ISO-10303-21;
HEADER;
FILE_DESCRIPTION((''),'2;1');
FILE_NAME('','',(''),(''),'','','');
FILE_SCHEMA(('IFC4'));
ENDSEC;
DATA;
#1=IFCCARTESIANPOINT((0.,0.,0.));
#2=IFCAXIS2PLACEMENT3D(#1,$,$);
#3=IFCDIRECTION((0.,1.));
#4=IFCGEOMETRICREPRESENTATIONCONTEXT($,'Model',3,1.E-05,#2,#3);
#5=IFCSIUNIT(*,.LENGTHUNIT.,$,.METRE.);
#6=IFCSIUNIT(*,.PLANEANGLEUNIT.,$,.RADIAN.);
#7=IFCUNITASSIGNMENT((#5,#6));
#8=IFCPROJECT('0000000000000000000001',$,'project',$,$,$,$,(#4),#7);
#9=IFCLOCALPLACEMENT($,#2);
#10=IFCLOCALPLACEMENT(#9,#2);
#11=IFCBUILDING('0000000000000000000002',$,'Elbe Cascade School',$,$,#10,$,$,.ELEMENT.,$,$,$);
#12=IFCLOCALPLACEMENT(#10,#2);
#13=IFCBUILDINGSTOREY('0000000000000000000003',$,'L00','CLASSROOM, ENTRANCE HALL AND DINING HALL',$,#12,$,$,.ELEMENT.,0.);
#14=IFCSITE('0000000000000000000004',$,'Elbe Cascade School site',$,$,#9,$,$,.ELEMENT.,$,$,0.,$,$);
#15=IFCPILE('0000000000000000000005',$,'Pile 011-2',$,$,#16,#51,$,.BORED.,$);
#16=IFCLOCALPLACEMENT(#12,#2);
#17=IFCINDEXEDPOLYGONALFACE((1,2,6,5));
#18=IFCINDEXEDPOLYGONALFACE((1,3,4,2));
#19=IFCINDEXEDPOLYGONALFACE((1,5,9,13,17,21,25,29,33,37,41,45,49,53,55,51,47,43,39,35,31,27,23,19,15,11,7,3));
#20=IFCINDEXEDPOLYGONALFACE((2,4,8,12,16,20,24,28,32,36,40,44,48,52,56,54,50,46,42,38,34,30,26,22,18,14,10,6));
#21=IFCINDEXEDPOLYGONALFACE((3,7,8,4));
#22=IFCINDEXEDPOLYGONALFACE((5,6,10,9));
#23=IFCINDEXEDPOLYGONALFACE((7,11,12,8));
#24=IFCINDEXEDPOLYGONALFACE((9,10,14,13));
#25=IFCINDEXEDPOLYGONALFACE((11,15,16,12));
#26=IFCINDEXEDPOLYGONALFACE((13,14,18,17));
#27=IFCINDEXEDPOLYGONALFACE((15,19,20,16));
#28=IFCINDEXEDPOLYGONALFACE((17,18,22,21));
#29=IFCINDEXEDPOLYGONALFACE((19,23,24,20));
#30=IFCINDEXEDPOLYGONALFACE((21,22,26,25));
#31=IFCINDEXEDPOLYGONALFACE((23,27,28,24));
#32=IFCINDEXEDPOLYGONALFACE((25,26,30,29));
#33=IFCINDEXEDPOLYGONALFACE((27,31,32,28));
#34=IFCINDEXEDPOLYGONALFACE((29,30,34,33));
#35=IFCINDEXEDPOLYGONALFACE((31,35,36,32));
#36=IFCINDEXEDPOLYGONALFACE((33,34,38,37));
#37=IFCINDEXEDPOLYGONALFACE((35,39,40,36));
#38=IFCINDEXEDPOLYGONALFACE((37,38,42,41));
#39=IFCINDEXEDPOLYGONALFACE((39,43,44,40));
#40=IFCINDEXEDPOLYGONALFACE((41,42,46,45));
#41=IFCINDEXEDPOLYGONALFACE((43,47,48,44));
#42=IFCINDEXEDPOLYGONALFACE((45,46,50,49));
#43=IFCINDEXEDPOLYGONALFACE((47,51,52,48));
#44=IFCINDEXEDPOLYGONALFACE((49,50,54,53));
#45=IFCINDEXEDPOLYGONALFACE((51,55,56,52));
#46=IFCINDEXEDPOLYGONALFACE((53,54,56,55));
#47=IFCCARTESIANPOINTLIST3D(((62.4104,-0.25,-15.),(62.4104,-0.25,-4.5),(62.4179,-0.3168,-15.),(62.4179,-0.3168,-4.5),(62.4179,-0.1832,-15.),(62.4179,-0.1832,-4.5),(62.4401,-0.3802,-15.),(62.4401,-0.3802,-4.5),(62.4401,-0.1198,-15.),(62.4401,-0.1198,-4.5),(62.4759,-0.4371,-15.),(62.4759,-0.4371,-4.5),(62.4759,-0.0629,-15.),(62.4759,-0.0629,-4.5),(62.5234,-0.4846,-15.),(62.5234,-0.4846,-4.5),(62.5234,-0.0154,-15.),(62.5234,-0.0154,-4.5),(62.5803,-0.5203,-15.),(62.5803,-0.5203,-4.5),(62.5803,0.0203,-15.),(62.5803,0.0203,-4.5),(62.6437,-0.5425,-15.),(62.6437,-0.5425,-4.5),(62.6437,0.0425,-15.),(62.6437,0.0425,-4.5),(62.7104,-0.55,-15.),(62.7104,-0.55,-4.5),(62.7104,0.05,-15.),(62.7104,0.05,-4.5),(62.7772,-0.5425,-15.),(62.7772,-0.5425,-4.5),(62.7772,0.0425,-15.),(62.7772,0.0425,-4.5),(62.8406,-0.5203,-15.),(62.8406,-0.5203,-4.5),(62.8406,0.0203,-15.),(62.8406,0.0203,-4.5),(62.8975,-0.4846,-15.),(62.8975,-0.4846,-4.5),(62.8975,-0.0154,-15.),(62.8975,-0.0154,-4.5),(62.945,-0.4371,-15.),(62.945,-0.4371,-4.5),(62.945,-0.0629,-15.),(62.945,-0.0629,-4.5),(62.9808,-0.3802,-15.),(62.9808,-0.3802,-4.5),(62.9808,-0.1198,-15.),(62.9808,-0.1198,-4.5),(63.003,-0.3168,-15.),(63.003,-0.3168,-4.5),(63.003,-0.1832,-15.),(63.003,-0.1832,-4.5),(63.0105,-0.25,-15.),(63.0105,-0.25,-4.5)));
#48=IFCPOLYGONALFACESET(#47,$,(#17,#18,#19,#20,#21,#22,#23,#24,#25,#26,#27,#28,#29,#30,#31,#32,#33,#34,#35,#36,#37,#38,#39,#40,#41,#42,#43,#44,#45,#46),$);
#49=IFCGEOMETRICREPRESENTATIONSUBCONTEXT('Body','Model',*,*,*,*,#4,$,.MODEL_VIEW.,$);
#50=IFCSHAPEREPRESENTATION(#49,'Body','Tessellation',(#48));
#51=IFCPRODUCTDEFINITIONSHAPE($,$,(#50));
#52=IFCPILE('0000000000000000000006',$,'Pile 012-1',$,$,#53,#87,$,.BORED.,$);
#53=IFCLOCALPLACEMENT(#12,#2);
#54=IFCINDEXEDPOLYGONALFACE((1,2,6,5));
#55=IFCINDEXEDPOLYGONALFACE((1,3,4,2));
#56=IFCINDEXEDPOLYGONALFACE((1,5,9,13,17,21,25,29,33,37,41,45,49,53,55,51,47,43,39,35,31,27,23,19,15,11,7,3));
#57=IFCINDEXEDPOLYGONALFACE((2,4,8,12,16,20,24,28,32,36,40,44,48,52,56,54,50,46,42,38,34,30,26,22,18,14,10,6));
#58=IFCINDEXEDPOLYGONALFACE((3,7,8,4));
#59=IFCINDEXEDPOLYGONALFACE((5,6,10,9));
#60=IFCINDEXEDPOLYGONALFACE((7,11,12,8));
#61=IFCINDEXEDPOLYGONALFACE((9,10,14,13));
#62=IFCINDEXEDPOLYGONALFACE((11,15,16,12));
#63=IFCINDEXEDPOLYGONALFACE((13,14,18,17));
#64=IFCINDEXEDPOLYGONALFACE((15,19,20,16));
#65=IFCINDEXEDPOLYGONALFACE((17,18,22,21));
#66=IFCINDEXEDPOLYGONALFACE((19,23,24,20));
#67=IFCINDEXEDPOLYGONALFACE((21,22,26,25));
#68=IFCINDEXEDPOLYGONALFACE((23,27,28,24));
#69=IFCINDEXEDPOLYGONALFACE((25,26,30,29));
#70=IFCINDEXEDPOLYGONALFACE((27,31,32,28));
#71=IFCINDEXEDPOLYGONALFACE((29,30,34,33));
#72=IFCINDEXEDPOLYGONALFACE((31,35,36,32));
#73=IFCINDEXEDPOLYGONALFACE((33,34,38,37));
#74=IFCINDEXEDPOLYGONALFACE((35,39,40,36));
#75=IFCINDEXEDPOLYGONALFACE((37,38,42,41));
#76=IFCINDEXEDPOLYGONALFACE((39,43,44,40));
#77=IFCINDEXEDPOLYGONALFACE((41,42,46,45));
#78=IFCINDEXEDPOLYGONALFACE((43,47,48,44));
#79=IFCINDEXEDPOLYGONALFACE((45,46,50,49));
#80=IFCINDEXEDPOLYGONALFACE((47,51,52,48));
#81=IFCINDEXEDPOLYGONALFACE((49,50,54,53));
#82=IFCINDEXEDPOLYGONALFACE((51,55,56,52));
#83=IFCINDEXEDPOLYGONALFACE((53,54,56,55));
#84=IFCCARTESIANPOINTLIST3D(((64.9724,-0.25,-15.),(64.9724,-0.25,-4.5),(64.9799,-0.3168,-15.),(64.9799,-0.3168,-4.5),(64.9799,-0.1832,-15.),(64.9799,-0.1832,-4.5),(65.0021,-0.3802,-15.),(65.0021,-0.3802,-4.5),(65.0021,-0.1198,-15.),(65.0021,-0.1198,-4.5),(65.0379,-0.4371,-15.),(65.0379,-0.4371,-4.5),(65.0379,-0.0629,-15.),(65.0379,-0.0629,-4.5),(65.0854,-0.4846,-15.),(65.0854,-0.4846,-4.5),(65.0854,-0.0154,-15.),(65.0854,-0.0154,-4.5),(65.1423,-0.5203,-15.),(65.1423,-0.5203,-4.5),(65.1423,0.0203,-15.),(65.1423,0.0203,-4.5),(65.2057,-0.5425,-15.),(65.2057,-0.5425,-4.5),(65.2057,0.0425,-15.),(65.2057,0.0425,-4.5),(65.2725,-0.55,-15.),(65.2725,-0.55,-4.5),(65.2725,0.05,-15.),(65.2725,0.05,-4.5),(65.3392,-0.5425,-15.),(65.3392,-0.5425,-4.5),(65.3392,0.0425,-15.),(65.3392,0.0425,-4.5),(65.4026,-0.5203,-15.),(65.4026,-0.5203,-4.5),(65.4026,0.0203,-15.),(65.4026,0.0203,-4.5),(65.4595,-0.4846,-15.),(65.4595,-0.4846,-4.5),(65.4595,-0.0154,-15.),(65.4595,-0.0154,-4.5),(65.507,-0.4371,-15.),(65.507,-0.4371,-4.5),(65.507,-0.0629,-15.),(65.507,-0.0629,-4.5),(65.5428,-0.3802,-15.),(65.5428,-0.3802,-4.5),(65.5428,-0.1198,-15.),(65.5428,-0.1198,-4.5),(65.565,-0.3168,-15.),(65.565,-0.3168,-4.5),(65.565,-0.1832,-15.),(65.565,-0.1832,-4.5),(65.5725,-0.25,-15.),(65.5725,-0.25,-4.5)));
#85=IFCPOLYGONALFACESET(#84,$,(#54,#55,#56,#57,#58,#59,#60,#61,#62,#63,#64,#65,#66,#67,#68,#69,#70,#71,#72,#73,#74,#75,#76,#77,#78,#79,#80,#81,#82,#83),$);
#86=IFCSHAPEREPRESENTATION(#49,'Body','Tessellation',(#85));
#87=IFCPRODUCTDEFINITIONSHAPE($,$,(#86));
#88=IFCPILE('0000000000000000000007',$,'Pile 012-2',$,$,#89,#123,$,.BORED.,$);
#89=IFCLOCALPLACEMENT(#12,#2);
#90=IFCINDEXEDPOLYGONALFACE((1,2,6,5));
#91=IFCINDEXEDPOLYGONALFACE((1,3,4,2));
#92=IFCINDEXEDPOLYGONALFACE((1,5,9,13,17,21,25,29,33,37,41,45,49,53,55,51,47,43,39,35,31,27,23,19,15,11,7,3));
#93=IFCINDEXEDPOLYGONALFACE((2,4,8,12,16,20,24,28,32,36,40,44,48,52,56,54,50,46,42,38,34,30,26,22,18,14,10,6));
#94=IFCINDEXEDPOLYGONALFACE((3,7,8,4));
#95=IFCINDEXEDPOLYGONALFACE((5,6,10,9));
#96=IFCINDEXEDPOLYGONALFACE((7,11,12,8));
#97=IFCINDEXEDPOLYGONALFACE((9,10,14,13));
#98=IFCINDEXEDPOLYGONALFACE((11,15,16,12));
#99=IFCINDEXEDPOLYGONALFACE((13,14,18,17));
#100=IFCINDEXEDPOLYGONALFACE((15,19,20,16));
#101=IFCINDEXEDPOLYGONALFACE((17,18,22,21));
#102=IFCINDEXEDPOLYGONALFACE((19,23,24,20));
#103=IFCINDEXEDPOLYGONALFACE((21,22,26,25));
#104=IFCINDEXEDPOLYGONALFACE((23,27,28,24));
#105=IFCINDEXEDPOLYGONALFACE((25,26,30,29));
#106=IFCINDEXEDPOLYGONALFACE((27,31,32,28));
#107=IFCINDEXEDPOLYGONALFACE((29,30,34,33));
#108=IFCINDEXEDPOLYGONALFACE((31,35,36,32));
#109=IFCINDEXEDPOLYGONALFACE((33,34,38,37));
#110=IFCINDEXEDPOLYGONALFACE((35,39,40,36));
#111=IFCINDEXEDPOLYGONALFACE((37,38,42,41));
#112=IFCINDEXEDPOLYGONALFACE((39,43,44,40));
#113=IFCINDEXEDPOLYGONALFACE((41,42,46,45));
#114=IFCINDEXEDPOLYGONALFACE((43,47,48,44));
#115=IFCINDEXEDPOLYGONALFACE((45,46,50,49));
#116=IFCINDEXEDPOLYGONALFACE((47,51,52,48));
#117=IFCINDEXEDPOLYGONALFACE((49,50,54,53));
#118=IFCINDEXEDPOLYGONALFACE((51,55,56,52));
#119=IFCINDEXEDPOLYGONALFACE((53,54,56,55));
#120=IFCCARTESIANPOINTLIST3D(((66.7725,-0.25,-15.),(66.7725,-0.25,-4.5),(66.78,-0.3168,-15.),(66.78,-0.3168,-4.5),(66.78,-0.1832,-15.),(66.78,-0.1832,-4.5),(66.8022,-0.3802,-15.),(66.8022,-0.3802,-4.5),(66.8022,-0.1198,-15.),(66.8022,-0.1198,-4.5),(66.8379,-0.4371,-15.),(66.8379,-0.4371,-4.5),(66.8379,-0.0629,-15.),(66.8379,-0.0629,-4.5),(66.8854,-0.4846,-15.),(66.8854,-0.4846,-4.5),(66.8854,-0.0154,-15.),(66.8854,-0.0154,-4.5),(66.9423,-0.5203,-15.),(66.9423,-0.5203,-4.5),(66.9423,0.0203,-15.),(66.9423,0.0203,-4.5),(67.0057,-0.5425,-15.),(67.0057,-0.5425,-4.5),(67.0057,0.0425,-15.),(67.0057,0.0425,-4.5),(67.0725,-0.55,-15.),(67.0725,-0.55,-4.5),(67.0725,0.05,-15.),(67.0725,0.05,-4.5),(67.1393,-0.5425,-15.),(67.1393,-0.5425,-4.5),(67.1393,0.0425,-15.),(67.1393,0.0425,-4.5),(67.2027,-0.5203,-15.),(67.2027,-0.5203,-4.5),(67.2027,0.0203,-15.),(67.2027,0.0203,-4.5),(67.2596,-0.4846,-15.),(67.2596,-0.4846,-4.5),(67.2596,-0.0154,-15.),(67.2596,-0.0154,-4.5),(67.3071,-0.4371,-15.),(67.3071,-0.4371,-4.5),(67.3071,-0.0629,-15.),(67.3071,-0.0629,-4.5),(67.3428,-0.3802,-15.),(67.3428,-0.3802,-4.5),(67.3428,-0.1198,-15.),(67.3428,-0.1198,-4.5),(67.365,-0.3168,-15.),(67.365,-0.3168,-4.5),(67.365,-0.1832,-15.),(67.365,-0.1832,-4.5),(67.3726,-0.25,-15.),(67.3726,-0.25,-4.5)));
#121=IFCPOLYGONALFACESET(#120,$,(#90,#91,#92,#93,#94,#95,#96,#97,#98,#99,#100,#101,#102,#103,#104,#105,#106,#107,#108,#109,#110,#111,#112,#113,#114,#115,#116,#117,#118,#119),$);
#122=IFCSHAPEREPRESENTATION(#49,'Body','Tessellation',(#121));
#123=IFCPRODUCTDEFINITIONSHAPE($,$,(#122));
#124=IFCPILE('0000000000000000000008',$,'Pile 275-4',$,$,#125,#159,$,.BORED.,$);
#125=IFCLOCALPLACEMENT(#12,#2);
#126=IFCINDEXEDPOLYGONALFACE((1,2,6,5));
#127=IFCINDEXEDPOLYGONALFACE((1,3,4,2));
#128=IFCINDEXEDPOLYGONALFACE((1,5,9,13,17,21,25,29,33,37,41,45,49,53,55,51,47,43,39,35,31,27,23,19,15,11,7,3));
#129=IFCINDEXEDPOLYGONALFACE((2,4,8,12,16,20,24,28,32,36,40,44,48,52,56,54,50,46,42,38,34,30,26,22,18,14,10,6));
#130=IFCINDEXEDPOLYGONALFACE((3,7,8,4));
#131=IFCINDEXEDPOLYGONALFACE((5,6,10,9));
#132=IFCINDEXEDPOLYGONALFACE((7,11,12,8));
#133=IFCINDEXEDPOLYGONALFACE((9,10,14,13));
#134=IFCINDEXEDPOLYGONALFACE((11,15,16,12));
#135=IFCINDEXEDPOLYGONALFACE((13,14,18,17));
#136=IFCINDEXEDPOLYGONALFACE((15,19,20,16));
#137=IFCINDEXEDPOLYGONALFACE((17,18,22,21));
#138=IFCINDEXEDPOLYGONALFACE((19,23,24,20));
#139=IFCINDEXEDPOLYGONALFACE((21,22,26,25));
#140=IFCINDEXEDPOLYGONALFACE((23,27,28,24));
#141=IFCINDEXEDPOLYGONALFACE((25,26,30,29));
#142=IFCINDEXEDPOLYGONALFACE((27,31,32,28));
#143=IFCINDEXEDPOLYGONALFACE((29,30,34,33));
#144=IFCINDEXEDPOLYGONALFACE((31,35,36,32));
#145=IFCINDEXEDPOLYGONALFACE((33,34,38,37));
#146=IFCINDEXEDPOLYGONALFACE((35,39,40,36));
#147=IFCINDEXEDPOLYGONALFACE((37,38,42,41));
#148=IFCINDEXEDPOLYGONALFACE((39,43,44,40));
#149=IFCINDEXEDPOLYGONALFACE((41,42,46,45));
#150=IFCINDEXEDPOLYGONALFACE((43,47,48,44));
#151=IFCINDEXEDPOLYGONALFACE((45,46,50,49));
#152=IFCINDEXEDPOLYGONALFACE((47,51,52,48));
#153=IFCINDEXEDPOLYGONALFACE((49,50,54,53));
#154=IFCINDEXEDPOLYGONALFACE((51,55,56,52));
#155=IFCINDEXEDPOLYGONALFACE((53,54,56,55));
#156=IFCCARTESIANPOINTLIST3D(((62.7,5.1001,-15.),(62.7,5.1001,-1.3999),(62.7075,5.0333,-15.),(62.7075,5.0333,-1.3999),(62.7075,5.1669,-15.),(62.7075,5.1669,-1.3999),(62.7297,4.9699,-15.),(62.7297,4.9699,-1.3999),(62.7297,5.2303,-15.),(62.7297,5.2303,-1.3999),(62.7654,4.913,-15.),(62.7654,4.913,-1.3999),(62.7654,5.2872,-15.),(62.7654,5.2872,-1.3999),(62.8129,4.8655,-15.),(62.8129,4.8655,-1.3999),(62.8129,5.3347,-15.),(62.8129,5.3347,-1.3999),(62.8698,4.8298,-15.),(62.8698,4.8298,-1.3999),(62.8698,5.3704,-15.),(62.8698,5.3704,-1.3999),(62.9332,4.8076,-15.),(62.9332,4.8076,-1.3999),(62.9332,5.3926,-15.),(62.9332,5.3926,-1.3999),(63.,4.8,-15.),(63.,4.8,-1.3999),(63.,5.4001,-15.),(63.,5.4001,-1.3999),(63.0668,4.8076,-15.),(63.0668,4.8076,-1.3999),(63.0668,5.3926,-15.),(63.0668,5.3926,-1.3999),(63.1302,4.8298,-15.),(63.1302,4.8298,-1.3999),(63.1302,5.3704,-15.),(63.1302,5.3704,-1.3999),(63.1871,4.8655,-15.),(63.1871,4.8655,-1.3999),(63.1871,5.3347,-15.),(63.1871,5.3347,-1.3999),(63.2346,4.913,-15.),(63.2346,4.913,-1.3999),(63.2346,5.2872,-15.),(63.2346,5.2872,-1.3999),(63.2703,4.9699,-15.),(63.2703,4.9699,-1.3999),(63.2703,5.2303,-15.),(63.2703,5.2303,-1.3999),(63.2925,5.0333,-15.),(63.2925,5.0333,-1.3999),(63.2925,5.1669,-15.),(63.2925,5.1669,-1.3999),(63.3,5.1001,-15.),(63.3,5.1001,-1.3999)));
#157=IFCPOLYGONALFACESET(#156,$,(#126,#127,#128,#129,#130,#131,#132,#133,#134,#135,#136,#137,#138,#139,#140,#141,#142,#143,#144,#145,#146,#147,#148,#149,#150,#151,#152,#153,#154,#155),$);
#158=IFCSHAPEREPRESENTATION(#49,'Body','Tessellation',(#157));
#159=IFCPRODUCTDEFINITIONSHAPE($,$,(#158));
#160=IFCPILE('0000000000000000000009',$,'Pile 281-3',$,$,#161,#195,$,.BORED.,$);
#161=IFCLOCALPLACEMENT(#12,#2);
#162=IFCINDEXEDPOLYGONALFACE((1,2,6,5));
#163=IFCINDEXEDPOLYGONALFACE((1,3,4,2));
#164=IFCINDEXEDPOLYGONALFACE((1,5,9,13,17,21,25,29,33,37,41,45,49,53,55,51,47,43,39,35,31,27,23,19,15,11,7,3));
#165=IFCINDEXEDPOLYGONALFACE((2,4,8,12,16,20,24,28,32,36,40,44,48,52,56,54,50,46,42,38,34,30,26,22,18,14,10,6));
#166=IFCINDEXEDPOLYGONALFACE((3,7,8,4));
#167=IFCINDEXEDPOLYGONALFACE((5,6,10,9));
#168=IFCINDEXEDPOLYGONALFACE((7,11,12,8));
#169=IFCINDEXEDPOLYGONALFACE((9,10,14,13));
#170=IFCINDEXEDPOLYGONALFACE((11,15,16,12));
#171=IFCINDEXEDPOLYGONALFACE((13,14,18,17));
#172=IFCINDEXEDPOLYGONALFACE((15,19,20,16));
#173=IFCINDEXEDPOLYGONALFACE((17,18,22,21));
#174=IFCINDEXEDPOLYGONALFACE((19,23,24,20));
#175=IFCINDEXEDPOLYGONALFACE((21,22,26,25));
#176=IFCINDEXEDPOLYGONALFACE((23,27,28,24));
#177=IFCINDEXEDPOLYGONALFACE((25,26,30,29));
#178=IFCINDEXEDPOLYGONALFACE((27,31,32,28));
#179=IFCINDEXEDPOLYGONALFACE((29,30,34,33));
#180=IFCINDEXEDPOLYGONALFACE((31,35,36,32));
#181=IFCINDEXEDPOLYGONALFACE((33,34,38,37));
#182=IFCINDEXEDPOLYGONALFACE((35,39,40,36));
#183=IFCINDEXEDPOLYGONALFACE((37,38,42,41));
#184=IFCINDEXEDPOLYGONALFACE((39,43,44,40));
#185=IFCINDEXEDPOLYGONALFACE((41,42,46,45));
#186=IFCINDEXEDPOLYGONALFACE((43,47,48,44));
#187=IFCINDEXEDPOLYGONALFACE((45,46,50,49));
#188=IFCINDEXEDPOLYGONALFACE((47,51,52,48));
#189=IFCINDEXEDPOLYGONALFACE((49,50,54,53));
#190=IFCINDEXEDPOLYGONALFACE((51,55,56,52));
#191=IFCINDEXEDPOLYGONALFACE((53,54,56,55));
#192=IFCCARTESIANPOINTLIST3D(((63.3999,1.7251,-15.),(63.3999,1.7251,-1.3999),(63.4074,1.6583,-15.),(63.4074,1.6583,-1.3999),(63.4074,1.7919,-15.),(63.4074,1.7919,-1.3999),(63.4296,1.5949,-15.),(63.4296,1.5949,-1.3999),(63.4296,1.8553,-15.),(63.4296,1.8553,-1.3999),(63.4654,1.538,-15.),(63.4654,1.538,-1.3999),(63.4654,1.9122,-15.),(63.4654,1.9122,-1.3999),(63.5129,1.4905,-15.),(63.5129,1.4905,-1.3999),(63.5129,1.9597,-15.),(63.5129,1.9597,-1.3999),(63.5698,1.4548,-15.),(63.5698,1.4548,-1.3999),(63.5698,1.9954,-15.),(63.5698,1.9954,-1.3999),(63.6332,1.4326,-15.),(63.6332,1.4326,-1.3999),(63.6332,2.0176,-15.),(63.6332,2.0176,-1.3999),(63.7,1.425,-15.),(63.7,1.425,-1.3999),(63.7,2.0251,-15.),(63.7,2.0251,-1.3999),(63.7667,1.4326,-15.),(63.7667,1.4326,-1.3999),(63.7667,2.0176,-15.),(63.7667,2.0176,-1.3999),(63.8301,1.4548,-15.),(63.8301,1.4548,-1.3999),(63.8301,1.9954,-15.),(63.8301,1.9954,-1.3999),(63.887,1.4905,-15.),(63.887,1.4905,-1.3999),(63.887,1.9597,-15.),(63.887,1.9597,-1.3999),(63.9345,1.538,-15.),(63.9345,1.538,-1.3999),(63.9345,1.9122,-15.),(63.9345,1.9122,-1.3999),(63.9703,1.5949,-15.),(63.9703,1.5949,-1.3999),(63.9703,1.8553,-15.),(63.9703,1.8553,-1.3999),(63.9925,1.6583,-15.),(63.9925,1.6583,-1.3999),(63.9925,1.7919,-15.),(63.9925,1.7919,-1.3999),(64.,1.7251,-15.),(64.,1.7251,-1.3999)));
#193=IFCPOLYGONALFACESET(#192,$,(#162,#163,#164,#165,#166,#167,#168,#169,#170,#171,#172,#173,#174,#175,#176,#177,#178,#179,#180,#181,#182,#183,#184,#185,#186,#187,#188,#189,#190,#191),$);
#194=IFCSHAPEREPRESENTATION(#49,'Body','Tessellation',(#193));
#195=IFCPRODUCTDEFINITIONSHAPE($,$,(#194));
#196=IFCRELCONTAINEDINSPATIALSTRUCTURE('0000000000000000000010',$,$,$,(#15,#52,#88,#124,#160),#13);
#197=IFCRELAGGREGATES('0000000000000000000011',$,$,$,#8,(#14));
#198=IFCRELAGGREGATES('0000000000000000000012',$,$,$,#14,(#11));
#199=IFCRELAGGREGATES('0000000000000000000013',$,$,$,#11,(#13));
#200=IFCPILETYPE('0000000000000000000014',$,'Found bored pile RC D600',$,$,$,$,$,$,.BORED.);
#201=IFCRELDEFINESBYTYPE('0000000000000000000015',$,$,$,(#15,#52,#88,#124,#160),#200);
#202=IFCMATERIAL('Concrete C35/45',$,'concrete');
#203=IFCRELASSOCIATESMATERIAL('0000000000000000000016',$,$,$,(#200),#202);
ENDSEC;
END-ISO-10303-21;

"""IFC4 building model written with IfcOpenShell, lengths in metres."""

from ifc_helpers import new_model, si_unit, direction, frame, origin, origin_2d, place, context, subcontext, project, spatial, circle, extrude, material, material_profile, profile_set, type_object, element, save


model = new_model("IFC4")

# Units and contexts
model_context = context("Model", 3, precision=1e-05, world=origin(), true_north=direction((0.0, 1.0)))
body_context = subcontext(model_context, "Body", "Model", "MODEL_VIEW")
ifc_project = project(units=[si_unit("LENGTHUNIT", "METRE"), si_unit("PLANEANGLEUNIT", "RADIAN")], contexts=[model_context])

# Site, building, storey
site_placement = place(None, origin())
site = spatial("IfcSite", under=ifc_project, at=site_placement, Name="Elbe Cascade School site", CompositionType="ELEMENT", RefElevation=0.0)
building_placement = place(site_placement, origin())
building = spatial("IfcBuilding", under=site, at=building_placement, Name="Elbe Cascade School", CompositionType="ELEMENT")
storey_placement = place(building_placement, origin())
storey = spatial("IfcBuildingStorey", under=building, at=storey_placement, Name="L00", Description="CLASSROOM, ENTRANCE HALL AND DINING HALL", CompositionType="ELEMENT", Elevation=0.0)

# Piles
ifc_material_1 = material(Name="Concrete C35/45", Category="concrete")
ifc_material_profile_1 = material_profile(ifc_material_1, circle(Radius=0.3, at=origin_2d()), Name="RC D600")
ifc_profile_set_1 = profile_set([ifc_material_profile_1], Name="Concrete C35/45")
pile_type = type_object("IfcPileType", Name="Found bored pile RC D600", PredefinedType="BORED", material=ifc_profile_set_1)
for number, where, z_axis, x_axis, name in (
    (1, (62.7104, -0.25, -4.5), (0.0, 0.0, -1.0), (1.0, 0.0, 0.0), "Pile 011-2"),
    (2, (65.2725, -0.25, -4.5), (0.0, 0.0, -1.0), (1.0, 0.0, 0.0), "Pile 012-1"),
    (3, (67.0725, -0.25, -4.5), (0.0, 0.0, -1.0), (1.0, 0.0, 0.0), "Pile 012-2"),
):
    element("IfcPile", number, at=place(storey_placement, frame(where, z_axis=z_axis, x_axis=x_axis)), inside=storey, type_object=pile_type, Name=name, PredefinedType="BORED", context=body_context, shape_type="SweptSolid", body=[
        extrude(circle(Radius=0.3, at=origin_2d()), origin(), (0.0, 0.0, 1.0), 10.5),
    ])
for number, where, z_axis, x_axis, name in (
    (4, (63.0, 5.1001, -1.3999), (0.0, 0.0, -1.0), (1.0, 0.0, 0.0), "Pile 275-4"),
    (5, (63.7, 1.7251, -1.3999), (0.0, 0.0, -1.0), (1.0, 0.0, 0.0), "Pile 281-3"),
):
    element("IfcPile", number, at=place(storey_placement, frame(where, z_axis=z_axis, x_axis=x_axis)), inside=storey, type_object=pile_type, Name=name, PredefinedType="BORED", context=body_context, shape_type="SweptSolid", body=[
        extrude(circle(Radius=0.3, at=origin_2d()), origin(), (0.0, 0.0, 1.0), 13.6001),
    ])

save(model, "model.ifc")
